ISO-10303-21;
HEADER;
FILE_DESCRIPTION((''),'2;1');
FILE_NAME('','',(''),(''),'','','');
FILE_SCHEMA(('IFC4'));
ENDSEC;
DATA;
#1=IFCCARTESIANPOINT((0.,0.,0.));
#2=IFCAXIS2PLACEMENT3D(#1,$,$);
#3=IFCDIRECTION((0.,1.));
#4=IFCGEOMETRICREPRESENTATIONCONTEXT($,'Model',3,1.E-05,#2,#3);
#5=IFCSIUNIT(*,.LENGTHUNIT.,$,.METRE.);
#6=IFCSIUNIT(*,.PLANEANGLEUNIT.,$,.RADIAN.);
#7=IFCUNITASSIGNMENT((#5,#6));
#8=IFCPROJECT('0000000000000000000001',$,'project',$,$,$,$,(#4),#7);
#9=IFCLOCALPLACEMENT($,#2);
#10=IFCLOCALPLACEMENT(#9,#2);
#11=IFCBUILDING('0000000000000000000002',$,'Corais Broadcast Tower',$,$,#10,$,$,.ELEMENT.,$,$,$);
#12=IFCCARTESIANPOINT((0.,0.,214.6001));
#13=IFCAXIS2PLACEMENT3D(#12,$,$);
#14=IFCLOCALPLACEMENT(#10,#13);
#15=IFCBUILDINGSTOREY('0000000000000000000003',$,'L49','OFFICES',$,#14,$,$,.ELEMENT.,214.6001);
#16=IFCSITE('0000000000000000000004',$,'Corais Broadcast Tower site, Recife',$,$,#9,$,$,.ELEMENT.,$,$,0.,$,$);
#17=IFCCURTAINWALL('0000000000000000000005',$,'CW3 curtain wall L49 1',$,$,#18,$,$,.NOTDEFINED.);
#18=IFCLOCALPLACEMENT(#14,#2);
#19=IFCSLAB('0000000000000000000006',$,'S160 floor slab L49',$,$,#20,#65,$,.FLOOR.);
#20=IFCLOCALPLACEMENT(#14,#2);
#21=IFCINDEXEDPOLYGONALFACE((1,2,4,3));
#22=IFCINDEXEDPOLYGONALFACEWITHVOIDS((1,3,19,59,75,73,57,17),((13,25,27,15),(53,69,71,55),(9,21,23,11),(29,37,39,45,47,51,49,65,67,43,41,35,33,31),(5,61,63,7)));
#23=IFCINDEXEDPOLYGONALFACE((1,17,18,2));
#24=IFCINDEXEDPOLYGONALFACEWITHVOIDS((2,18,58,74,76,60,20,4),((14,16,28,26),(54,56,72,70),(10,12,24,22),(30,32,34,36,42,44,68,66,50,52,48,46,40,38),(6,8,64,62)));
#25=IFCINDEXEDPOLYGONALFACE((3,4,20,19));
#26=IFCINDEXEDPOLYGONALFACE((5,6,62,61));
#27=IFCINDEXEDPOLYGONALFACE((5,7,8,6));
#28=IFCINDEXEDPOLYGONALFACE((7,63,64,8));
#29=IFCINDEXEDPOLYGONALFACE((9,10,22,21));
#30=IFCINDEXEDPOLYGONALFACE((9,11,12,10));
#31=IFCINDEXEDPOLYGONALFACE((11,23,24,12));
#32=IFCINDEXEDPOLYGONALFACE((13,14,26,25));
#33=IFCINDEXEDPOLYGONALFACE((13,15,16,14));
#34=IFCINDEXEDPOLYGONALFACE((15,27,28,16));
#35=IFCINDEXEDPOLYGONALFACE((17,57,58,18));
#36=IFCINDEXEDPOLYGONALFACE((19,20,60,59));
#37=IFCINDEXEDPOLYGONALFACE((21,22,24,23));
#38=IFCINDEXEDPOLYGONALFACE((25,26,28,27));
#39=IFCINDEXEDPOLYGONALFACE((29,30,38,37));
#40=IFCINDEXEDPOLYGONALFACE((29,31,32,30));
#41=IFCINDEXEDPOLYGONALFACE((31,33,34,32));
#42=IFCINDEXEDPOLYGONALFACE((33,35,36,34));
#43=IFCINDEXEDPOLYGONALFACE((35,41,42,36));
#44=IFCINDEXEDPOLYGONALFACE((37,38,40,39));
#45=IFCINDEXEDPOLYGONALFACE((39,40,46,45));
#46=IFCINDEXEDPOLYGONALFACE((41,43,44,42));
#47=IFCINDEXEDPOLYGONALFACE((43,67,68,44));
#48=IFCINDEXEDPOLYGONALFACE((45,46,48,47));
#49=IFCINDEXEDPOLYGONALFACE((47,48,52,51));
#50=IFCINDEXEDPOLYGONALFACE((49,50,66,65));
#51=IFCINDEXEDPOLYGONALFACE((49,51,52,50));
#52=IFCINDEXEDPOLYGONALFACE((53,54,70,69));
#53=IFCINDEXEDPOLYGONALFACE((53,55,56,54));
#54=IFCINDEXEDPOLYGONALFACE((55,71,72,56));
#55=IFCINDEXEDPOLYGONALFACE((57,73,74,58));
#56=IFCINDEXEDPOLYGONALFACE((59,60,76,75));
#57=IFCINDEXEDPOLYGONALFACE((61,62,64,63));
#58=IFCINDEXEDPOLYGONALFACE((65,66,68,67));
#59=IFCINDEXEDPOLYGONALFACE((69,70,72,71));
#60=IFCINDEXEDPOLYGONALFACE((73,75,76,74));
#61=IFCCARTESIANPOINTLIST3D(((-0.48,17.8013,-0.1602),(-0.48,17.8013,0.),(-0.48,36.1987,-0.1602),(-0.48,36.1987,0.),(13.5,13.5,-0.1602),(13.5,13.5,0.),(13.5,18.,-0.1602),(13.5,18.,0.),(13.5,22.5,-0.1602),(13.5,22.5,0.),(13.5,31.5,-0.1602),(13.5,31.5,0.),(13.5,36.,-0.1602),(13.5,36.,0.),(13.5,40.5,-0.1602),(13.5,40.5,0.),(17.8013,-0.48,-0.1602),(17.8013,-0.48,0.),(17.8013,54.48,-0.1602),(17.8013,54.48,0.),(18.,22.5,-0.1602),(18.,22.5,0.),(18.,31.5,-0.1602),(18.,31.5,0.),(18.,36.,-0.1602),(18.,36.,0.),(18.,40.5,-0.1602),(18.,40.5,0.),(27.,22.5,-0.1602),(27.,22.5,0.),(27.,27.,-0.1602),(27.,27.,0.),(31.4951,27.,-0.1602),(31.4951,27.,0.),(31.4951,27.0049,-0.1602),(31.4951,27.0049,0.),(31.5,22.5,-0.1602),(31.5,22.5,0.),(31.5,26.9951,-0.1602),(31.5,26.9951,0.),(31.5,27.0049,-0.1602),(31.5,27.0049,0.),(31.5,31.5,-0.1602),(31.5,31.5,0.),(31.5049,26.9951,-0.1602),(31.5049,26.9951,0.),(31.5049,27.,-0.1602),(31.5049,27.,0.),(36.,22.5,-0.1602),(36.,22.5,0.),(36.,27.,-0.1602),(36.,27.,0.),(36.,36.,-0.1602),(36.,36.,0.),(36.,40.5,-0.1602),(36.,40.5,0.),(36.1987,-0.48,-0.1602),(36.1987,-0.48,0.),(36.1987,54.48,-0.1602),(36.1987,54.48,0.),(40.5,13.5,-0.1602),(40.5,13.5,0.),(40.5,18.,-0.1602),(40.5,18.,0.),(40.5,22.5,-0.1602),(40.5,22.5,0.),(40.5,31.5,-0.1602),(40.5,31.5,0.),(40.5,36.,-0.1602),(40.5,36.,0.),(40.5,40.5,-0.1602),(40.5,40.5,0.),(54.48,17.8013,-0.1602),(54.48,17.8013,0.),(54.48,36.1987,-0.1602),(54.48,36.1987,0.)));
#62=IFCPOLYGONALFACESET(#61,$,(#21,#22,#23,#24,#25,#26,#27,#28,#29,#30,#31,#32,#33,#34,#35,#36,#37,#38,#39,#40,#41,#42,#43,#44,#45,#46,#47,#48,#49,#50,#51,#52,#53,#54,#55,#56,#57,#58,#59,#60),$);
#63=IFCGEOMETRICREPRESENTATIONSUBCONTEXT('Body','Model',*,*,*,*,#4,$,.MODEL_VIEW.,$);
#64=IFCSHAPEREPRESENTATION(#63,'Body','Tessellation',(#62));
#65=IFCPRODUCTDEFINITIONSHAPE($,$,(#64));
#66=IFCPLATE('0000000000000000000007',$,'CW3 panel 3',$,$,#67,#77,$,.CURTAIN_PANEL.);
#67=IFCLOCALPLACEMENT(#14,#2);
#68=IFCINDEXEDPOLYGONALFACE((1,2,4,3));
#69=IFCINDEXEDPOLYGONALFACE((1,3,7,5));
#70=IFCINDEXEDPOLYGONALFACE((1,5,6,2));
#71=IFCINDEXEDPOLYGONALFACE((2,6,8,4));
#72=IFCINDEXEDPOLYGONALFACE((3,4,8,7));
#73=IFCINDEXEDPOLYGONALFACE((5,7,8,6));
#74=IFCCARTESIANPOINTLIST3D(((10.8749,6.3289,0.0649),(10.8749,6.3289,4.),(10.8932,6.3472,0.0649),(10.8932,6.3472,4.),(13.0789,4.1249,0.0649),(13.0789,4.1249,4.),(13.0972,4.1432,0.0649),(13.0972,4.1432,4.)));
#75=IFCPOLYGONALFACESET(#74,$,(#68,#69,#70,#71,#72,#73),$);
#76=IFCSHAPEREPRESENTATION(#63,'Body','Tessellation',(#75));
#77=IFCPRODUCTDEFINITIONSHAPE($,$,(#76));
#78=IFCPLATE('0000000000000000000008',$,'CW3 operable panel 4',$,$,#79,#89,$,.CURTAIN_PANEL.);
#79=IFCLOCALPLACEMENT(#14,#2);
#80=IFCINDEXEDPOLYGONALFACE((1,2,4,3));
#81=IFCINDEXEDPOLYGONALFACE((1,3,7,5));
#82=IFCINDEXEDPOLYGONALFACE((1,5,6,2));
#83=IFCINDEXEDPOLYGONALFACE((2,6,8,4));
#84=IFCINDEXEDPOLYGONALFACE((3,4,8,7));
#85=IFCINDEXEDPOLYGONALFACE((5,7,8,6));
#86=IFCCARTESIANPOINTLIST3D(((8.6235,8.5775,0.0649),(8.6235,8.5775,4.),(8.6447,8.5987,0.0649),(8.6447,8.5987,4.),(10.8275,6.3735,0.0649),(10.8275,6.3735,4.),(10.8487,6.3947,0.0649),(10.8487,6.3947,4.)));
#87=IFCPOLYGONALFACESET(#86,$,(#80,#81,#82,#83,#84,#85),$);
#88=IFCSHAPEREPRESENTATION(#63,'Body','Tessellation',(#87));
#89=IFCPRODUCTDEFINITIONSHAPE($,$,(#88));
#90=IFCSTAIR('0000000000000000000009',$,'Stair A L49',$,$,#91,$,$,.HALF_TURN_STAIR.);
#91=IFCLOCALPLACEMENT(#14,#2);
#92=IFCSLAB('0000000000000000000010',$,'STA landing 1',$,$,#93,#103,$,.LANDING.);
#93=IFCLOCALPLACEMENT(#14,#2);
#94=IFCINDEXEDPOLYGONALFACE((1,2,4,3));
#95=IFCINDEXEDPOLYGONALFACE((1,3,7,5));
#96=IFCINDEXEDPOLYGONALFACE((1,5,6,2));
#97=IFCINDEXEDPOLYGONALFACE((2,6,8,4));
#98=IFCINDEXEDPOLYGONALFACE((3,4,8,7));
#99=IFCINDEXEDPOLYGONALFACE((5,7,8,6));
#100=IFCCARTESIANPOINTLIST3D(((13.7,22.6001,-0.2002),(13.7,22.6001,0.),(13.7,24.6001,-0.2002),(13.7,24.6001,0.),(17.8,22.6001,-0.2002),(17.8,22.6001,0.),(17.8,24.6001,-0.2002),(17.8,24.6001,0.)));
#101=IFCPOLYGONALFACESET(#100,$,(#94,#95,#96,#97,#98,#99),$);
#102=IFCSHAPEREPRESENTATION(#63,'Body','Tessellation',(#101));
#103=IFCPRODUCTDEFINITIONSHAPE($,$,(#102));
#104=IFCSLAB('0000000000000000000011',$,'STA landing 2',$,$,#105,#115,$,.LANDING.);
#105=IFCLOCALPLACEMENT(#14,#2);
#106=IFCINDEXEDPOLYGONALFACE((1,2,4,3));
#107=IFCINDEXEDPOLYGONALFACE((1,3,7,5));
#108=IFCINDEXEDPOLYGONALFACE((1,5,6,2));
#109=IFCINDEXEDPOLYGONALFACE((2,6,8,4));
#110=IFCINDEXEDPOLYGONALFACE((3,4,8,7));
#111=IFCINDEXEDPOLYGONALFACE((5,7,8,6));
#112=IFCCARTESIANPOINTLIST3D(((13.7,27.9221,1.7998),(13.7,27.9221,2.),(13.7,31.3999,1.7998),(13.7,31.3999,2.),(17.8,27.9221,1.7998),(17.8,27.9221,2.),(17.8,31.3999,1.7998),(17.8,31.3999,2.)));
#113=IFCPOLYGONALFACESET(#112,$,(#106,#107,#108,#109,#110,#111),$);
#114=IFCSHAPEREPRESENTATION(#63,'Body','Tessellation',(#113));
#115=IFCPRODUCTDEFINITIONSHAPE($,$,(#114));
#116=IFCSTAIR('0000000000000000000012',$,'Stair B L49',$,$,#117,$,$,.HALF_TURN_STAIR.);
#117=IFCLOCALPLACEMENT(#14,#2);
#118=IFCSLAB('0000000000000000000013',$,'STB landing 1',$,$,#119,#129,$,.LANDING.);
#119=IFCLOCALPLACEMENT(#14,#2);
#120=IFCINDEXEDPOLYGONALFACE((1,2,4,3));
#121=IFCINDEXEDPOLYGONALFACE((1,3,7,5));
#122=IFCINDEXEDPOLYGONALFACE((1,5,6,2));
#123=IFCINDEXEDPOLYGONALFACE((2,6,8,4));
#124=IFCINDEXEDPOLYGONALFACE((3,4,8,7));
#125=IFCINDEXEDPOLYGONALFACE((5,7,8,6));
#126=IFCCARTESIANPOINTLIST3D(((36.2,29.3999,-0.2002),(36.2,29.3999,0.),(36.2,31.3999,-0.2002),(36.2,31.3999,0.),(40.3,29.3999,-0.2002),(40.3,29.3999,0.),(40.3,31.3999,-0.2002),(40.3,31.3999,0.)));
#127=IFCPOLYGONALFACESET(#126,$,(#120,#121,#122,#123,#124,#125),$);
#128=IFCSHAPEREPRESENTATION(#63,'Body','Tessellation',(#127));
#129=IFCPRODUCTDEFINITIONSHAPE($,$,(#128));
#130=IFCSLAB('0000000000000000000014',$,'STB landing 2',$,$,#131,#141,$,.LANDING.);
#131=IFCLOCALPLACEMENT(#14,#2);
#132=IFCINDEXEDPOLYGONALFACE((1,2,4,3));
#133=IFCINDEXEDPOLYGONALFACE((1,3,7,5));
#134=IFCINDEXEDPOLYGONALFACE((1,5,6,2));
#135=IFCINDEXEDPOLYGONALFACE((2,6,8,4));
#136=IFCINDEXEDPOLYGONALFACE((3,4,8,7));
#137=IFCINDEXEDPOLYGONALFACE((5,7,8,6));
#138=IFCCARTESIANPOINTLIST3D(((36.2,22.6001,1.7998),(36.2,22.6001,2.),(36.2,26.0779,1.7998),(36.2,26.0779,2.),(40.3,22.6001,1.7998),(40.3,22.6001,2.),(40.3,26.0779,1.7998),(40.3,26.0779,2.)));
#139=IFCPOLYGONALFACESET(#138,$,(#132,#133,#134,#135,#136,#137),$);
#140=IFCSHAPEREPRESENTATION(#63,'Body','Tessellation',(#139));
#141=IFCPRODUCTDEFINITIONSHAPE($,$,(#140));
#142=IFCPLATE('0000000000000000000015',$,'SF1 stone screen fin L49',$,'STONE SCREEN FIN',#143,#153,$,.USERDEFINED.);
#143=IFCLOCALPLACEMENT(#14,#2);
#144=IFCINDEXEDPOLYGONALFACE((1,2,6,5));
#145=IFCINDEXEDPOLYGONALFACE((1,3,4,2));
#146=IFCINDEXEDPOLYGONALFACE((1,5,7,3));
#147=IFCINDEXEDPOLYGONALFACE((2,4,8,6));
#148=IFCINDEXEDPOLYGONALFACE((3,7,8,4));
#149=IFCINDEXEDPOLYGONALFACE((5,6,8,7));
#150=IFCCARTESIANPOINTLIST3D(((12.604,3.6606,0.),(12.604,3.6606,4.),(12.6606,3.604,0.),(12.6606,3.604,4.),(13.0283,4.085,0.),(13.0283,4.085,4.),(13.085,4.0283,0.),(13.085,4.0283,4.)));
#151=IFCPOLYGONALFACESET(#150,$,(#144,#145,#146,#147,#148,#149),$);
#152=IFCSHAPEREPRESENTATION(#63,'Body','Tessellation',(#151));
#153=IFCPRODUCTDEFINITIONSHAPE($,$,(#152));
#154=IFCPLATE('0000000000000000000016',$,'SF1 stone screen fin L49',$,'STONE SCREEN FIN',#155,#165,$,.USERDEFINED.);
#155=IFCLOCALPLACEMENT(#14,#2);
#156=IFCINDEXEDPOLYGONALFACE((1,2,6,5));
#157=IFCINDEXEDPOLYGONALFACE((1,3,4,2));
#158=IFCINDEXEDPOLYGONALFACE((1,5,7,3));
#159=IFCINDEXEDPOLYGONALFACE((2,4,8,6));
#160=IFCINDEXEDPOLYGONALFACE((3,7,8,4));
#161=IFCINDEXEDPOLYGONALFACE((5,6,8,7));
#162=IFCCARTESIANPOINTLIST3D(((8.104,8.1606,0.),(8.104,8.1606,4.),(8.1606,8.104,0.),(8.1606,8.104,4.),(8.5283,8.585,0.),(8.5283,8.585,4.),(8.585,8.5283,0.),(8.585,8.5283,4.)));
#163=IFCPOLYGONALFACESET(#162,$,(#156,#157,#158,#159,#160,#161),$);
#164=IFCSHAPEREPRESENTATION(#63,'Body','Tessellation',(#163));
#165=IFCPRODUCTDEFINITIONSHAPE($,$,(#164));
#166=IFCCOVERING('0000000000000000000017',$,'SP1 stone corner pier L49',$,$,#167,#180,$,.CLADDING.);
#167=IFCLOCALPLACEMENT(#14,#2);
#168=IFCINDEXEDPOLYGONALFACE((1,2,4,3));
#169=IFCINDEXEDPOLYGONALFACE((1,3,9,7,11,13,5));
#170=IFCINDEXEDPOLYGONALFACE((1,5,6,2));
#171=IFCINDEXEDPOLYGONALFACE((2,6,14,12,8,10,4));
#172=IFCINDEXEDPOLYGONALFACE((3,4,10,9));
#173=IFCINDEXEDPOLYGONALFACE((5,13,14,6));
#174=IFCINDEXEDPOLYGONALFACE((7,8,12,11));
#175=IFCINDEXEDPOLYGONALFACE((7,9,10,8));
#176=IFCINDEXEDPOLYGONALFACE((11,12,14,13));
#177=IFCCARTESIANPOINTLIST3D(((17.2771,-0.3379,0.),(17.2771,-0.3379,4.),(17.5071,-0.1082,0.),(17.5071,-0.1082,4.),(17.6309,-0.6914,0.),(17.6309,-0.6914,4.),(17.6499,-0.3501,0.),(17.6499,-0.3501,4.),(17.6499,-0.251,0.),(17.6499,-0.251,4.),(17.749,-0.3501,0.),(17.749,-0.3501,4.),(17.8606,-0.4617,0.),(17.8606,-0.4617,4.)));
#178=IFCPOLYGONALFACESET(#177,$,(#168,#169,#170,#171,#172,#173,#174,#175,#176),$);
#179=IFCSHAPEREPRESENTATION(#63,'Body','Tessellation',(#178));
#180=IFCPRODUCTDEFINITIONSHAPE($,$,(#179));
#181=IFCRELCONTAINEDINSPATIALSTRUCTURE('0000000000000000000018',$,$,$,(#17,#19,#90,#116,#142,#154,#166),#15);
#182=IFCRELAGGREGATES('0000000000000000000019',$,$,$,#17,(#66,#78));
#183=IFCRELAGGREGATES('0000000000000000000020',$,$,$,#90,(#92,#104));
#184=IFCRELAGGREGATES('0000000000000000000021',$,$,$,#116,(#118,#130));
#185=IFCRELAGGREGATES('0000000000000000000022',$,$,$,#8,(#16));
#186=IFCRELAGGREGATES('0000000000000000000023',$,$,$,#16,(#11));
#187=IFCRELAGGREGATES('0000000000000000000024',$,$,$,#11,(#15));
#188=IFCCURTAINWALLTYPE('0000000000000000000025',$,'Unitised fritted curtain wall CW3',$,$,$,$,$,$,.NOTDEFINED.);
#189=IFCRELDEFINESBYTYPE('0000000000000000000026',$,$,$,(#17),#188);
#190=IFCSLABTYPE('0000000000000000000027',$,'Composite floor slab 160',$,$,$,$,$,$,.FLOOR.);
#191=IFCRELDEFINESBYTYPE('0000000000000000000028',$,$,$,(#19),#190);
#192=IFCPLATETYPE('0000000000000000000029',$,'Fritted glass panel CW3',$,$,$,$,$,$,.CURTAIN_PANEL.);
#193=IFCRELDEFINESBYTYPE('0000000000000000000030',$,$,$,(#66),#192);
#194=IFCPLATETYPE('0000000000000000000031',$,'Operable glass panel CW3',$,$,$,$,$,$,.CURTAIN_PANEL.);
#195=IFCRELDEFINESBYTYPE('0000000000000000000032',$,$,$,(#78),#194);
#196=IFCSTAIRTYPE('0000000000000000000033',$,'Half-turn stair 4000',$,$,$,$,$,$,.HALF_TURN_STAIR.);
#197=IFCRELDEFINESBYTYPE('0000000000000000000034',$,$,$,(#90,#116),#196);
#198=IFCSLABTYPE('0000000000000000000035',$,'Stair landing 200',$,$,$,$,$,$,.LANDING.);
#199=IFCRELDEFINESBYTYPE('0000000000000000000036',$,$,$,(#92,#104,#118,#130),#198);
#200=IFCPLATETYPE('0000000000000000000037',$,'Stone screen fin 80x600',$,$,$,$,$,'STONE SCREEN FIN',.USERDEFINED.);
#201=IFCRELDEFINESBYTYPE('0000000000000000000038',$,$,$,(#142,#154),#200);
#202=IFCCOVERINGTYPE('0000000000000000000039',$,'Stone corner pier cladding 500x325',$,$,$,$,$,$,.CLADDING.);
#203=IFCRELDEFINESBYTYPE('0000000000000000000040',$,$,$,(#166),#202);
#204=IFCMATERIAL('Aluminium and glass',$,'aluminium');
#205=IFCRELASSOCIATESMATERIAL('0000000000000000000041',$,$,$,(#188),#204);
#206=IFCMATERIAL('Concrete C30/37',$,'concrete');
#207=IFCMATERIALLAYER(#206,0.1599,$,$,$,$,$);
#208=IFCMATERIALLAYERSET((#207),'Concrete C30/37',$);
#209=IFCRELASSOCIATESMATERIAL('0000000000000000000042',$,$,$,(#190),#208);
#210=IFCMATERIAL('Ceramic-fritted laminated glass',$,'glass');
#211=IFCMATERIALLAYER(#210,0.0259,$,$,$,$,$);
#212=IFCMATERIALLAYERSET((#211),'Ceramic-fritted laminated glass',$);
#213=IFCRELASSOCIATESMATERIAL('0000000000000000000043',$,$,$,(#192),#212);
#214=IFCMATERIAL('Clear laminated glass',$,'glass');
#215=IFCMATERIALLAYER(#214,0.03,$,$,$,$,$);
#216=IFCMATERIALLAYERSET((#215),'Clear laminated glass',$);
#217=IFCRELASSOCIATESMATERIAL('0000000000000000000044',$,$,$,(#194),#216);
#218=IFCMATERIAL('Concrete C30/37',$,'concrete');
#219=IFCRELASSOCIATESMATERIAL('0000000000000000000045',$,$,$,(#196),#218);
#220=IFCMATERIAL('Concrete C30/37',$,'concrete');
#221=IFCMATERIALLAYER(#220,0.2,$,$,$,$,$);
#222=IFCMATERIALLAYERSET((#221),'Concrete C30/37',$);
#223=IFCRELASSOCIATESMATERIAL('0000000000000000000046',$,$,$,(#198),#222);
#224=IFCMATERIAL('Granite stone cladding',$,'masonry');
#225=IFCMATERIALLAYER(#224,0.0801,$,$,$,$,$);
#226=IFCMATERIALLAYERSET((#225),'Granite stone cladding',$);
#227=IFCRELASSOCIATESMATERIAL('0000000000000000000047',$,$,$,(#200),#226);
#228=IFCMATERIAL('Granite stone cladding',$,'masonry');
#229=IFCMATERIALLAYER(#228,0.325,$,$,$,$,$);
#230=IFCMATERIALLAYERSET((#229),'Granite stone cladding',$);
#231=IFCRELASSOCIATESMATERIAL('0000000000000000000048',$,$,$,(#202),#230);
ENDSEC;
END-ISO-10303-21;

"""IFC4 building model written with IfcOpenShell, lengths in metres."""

from ifc_helpers import new_model, si_unit, direction, frame, origin, origin_2d, place, context, subcontext, project, spatial, polyline, rectangle, outline, extrude, material, layer, layer_set, type_object, element, aggregate, save


model = new_model("IFC4")

# Units and contexts
model_context = context("Model", 3, precision=1e-05, world=origin(), true_north=direction((0.0, 1.0)))
body_context = subcontext(model_context, "Body", "Model", "MODEL_VIEW")
ifc_project = project(units=[si_unit("LENGTHUNIT", "METRE"), si_unit("PLANEANGLEUNIT", "RADIAN")], contexts=[model_context])

# Site, building, storey
site_placement = place(None, origin())
site = spatial("IfcSite", under=ifc_project, at=site_placement, Name="Corais Broadcast Tower site, Recife", CompositionType="ELEMENT", RefElevation=0.0)
building_placement = place(site_placement, origin())
building = spatial("IfcBuilding", under=site, at=building_placement, Name="Corais Broadcast Tower", CompositionType="ELEMENT")
storey_placement = place(building_placement, frame((0.0, 0.0, 214.6001)))
storey = spatial("IfcBuildingStorey", under=building, at=storey_placement, Name="L49", Description="OFFICES", CompositionType="ELEMENT", Elevation=214.6001)

# Curtain wall
ifc_material_1 = material(Name="Aluminium and glass", Category="aluminium")
curtain_wall_type = type_object("IfcCurtainWallType", Name="Unitised fritted curtain wall CW3", PredefinedType="NOTDEFINED", material=ifc_material_1)
curtain_wall_placement = place(storey_placement, origin())
curtain_wall = element("IfcCurtainWall", 1, at=curtain_wall_placement, inside=storey, type_object=curtain_wall_type, Name="CW3 curtain wall L49 1", PredefinedType="NOTDEFINED")

# Slab
ifc_material_2 = material(Name="Concrete C30/37", Category="concrete")
ifc_layer_1 = layer(ifc_material_2, 0.1599)
ifc_layer_set_1 = layer_set([ifc_layer_1], Name="Concrete C30/37")
slab_type_1 = type_object("IfcSlabType", Name="Composite floor slab 160", PredefinedType="FLOOR", material=ifc_layer_set_1)
slab_1_placement = place(storey_placement, frame((0.0, 0.0, -0.1602)))
element("IfcSlab", 2, at=slab_1_placement, inside=storey, type_object=slab_type_1, Name="S160 floor slab L49", PredefinedType="FLOOR", context=body_context, shape_type="SweptSolid", body=[
    extrude(outline(polyline([(17.8013, -0.48), (-0.48, 17.8013), (-0.48, 36.1987), (17.8013, 54.48), (36.1987, 54.48), (54.48, 36.1987), (54.48, 17.8013), (36.1987, -0.48), (17.8013, -0.48)]), holes=[polyline([(13.5, 18.0), (40.5, 18.0), (40.5, 13.5), (13.5, 13.5), (13.5, 18.0)]), polyline([(18.0, 22.5), (13.5, 22.5), (13.5, 31.5), (18.0, 31.5), (18.0, 22.5)]), polyline([(18.0, 36.0), (13.5, 36.0), (13.5, 40.5), (18.0, 40.5), (18.0, 36.0)]), polyline([(31.5, 22.5), (27.0, 22.5), (27.0, 27.0), (31.4951, 27.0), (31.4951, 27.0049), (31.5, 27.0049), (31.5, 31.5), (40.5, 31.5), (40.5, 22.5), (36.0, 22.5), (36.0, 27.0), (31.5049, 27.0), (31.5049, 26.9951), (31.5, 26.9951), (31.5, 22.5)]), polyline([(40.5, 36.0), (36.0, 36.0), (36.0, 40.5), (40.5, 40.5), (40.5, 36.0)])]), origin(), (0.0, 0.0, 1.0), 0.1602),
])

# Plates
ifc_material_3 = material(Name="Ceramic-fritted laminated glass", Category="glass")
ifc_layer_2 = layer(ifc_material_3, 0.0259)
ifc_layer_set_2 = layer_set([ifc_layer_2], Name="Ceramic-fritted laminated glass")
plate_type_1 = type_object("IfcPlateType", Name="Fritted glass panel CW3", PredefinedType="CURTAIN_PANEL", material=ifc_layer_set_2)
plate_1_placement = place(storey_placement, frame((11.9861, 5.2361, 0.0649), z_axis=(0.0, 0.0, 1.0), x_axis=(-0.707107, 0.707107, 0.0)))
plate_1 = element("IfcPlate", 3, at=plate_1_placement, type_object=plate_type_1, Name="CW3 panel 3", PredefinedType="CURTAIN_PANEL", context=body_context, shape_type="SweptSolid", body=[
    extrude(rectangle(XDim=3.1169, YDim=0.0259, at=origin_2d()), origin(), (0.0, 0.0, 1.0), 3.9351),
])
ifc_material_4 = material(Name="Clear laminated glass", Category="glass")
ifc_layer_3 = layer(ifc_material_4, 0.03)
ifc_layer_set_3 = layer_set([ifc_layer_3], Name="Clear laminated glass")
plate_type_2 = type_object("IfcPlateType", Name="Operable glass panel CW3", PredefinedType="CURTAIN_PANEL", material=ifc_layer_set_3)
plate_2_placement = place(storey_placement, frame((9.7361, 7.4861, 0.0649), z_axis=(0.0, 0.0, 1.0), x_axis=(-0.707107, 0.707107, 0.0)))
plate_2 = element("IfcPlate", 4, at=plate_2_placement, type_object=plate_type_2, Name="CW3 operable panel 4", PredefinedType="CURTAIN_PANEL", context=body_context, shape_type="SweptSolid", body=[
    extrude(rectangle(XDim=3.1169, YDim=0.03, at=origin_2d()), origin(), (0.0, 0.0, 1.0), 3.9351),
])
aggregate(curtain_wall, [plate_1, plate_2])

# Stairs, slabs
ifc_material_5 = material(Name="Concrete C30/37", Category="concrete")
stair_type = type_object("IfcStairType", Name="Half-turn stair 4000", PredefinedType="HALF_TURN_STAIR", material=ifc_material_5)
stair_1_placement = place(storey_placement, origin())
stair_1 = element("IfcStair", 5, at=stair_1_placement, inside=storey, type_object=stair_type, Name="Stair A L49", PredefinedType="HALF_TURN_STAIR")
ifc_material_6 = material(Name="Concrete C30/37", Category="concrete")
ifc_layer_4 = layer(ifc_material_6, 0.2)
ifc_layer_set_4 = layer_set([ifc_layer_4], Name="Concrete C30/37")
slab_type_2 = type_object("IfcSlabType", Name="Stair landing 200", PredefinedType="LANDING", material=ifc_layer_set_4)
slab_2_placement = place(storey_placement, frame((0.0, 0.0, -0.2002)))
slab_2 = element("IfcSlab", 6, at=slab_2_placement, type_object=slab_type_2, Name="STA landing 1", PredefinedType="LANDING", context=body_context, shape_type="SweptSolid", body=[
    extrude(outline(polyline([(13.7, 22.6001), (17.8, 22.6001), (17.8, 24.6001), (13.7, 24.6001), (13.7, 22.6001)])), origin(), (0.0, 0.0, 1.0), 0.2002),
])
slab_3_placement = place(storey_placement, frame((0.0, 0.0, 1.7998)))
slab_3 = element("IfcSlab", 7, at=slab_3_placement, type_object=slab_type_2, Name="STA landing 2", PredefinedType="LANDING", context=body_context, shape_type="SweptSolid", body=[
    extrude(outline(polyline([(13.7, 27.9221), (17.8, 27.9221), (17.8, 31.3999), (13.7, 31.3999), (13.7, 27.9221)])), origin(), (0.0, 0.0, 1.0), 0.2002),
])
aggregate(stair_1, [slab_2, slab_3])
stair_2_placement = place(storey_placement, origin())
stair_2 = element("IfcStair", 8, at=stair_2_placement, inside=storey, type_object=stair_type, Name="Stair B L49", PredefinedType="HALF_TURN_STAIR")
slab_4_placement = place(storey_placement, frame((0.0, 0.0, -0.2002)))
slab_4 = element("IfcSlab", 9, at=slab_4_placement, type_object=slab_type_2, Name="STB landing 1", PredefinedType="LANDING", context=body_context, shape_type="SweptSolid", body=[
    extrude(outline(polyline([(36.2, 29.3999), (40.3, 29.3999), (40.3, 31.3999), (36.2, 31.3999), (36.2, 29.3999)])), origin(), (0.0, 0.0, 1.0), 0.2002),
])
slab_5_placement = place(storey_placement, frame((0.0, 0.0, 1.7998)))
slab_5 = element("IfcSlab", 10, at=slab_5_placement, type_object=slab_type_2, Name="STB landing 2", PredefinedType="LANDING", context=body_context, shape_type="SweptSolid", body=[
    extrude(outline(polyline([(36.2, 22.6001), (40.3, 22.6001), (40.3, 26.0779), (36.2, 26.0779), (36.2, 22.6001)])), origin(), (0.0, 0.0, 1.0), 0.2002),
])
aggregate(stair_2, [slab_4, slab_5])

# Plates
ifc_material_7 = material(Name="Granite stone cladding", Category="masonry")
ifc_layer_5 = layer(ifc_material_7, 0.0801)
ifc_layer_set_5 = layer_set([ifc_layer_5], Name="Granite stone cladding")
plate_type_3 = type_object("IfcPlateType", Name="Stone screen fin 80x600", ElementType="STONE SCREEN FIN", PredefinedType="USERDEFINED", material=ifc_layer_set_5)
for number, where, z_axis, x_axis, name in (
    (11, (12.8445, 3.8445, 0.0), (0.0, 0.0, 1.0), (-0.707107, 0.707107, 0.0), "SF1 stone screen fin L49"),
    (12, (8.3445, 8.3445, 0.0), (0.0, 0.0, 1.0), (-0.707107, 0.707107, 0.0), "SF1 stone screen fin L49"),
):
    element("IfcPlate", number, at=place(storey_placement, frame(where, z_axis=z_axis, x_axis=x_axis)), inside=storey, type_object=plate_type_3, Name=name, ObjectType="STONE SCREEN FIN", PredefinedType="USERDEFINED", context=body_context, shape_type="SweptSolid", body=[
        extrude(rectangle(XDim=0.0801, YDim=0.6001, at=origin_2d()), origin(), (0.0, 0.0, 1.0), 4.0),
    ])

# Covering
ifc_material_8 = material(Name="Granite stone cladding", Category="masonry")
ifc_layer_6 = layer(ifc_material_8, 0.325)
ifc_layer_set_6 = layer_set([ifc_layer_6], Name="Granite stone cladding")
covering_type_1 = type_object("IfcCoveringType", Name="Stone corner pier cladding 500x325", PredefinedType="CLADDING", material=ifc_layer_set_6)
covering_1_placement = place(storey_placement, origin())
element("IfcCovering", 13, at=covering_1_placement, inside=storey, type_object=covering_type_1, Name="SP1 stone corner pier L49", PredefinedType="CLADDING", context=body_context, shape_type="SweptSolid", body=[
    extrude(outline(polyline([(17.8606, -0.4617), (17.749, -0.3501), (17.6499, -0.3501), (17.6499, -0.251), (17.5071, -0.1082), (17.2771, -0.3379), (17.6309, -0.6914), (17.8606, -0.4617)])), origin(), (0.0, 0.0, 1.0), 4.0),
])

save(model, "model.ifc")
